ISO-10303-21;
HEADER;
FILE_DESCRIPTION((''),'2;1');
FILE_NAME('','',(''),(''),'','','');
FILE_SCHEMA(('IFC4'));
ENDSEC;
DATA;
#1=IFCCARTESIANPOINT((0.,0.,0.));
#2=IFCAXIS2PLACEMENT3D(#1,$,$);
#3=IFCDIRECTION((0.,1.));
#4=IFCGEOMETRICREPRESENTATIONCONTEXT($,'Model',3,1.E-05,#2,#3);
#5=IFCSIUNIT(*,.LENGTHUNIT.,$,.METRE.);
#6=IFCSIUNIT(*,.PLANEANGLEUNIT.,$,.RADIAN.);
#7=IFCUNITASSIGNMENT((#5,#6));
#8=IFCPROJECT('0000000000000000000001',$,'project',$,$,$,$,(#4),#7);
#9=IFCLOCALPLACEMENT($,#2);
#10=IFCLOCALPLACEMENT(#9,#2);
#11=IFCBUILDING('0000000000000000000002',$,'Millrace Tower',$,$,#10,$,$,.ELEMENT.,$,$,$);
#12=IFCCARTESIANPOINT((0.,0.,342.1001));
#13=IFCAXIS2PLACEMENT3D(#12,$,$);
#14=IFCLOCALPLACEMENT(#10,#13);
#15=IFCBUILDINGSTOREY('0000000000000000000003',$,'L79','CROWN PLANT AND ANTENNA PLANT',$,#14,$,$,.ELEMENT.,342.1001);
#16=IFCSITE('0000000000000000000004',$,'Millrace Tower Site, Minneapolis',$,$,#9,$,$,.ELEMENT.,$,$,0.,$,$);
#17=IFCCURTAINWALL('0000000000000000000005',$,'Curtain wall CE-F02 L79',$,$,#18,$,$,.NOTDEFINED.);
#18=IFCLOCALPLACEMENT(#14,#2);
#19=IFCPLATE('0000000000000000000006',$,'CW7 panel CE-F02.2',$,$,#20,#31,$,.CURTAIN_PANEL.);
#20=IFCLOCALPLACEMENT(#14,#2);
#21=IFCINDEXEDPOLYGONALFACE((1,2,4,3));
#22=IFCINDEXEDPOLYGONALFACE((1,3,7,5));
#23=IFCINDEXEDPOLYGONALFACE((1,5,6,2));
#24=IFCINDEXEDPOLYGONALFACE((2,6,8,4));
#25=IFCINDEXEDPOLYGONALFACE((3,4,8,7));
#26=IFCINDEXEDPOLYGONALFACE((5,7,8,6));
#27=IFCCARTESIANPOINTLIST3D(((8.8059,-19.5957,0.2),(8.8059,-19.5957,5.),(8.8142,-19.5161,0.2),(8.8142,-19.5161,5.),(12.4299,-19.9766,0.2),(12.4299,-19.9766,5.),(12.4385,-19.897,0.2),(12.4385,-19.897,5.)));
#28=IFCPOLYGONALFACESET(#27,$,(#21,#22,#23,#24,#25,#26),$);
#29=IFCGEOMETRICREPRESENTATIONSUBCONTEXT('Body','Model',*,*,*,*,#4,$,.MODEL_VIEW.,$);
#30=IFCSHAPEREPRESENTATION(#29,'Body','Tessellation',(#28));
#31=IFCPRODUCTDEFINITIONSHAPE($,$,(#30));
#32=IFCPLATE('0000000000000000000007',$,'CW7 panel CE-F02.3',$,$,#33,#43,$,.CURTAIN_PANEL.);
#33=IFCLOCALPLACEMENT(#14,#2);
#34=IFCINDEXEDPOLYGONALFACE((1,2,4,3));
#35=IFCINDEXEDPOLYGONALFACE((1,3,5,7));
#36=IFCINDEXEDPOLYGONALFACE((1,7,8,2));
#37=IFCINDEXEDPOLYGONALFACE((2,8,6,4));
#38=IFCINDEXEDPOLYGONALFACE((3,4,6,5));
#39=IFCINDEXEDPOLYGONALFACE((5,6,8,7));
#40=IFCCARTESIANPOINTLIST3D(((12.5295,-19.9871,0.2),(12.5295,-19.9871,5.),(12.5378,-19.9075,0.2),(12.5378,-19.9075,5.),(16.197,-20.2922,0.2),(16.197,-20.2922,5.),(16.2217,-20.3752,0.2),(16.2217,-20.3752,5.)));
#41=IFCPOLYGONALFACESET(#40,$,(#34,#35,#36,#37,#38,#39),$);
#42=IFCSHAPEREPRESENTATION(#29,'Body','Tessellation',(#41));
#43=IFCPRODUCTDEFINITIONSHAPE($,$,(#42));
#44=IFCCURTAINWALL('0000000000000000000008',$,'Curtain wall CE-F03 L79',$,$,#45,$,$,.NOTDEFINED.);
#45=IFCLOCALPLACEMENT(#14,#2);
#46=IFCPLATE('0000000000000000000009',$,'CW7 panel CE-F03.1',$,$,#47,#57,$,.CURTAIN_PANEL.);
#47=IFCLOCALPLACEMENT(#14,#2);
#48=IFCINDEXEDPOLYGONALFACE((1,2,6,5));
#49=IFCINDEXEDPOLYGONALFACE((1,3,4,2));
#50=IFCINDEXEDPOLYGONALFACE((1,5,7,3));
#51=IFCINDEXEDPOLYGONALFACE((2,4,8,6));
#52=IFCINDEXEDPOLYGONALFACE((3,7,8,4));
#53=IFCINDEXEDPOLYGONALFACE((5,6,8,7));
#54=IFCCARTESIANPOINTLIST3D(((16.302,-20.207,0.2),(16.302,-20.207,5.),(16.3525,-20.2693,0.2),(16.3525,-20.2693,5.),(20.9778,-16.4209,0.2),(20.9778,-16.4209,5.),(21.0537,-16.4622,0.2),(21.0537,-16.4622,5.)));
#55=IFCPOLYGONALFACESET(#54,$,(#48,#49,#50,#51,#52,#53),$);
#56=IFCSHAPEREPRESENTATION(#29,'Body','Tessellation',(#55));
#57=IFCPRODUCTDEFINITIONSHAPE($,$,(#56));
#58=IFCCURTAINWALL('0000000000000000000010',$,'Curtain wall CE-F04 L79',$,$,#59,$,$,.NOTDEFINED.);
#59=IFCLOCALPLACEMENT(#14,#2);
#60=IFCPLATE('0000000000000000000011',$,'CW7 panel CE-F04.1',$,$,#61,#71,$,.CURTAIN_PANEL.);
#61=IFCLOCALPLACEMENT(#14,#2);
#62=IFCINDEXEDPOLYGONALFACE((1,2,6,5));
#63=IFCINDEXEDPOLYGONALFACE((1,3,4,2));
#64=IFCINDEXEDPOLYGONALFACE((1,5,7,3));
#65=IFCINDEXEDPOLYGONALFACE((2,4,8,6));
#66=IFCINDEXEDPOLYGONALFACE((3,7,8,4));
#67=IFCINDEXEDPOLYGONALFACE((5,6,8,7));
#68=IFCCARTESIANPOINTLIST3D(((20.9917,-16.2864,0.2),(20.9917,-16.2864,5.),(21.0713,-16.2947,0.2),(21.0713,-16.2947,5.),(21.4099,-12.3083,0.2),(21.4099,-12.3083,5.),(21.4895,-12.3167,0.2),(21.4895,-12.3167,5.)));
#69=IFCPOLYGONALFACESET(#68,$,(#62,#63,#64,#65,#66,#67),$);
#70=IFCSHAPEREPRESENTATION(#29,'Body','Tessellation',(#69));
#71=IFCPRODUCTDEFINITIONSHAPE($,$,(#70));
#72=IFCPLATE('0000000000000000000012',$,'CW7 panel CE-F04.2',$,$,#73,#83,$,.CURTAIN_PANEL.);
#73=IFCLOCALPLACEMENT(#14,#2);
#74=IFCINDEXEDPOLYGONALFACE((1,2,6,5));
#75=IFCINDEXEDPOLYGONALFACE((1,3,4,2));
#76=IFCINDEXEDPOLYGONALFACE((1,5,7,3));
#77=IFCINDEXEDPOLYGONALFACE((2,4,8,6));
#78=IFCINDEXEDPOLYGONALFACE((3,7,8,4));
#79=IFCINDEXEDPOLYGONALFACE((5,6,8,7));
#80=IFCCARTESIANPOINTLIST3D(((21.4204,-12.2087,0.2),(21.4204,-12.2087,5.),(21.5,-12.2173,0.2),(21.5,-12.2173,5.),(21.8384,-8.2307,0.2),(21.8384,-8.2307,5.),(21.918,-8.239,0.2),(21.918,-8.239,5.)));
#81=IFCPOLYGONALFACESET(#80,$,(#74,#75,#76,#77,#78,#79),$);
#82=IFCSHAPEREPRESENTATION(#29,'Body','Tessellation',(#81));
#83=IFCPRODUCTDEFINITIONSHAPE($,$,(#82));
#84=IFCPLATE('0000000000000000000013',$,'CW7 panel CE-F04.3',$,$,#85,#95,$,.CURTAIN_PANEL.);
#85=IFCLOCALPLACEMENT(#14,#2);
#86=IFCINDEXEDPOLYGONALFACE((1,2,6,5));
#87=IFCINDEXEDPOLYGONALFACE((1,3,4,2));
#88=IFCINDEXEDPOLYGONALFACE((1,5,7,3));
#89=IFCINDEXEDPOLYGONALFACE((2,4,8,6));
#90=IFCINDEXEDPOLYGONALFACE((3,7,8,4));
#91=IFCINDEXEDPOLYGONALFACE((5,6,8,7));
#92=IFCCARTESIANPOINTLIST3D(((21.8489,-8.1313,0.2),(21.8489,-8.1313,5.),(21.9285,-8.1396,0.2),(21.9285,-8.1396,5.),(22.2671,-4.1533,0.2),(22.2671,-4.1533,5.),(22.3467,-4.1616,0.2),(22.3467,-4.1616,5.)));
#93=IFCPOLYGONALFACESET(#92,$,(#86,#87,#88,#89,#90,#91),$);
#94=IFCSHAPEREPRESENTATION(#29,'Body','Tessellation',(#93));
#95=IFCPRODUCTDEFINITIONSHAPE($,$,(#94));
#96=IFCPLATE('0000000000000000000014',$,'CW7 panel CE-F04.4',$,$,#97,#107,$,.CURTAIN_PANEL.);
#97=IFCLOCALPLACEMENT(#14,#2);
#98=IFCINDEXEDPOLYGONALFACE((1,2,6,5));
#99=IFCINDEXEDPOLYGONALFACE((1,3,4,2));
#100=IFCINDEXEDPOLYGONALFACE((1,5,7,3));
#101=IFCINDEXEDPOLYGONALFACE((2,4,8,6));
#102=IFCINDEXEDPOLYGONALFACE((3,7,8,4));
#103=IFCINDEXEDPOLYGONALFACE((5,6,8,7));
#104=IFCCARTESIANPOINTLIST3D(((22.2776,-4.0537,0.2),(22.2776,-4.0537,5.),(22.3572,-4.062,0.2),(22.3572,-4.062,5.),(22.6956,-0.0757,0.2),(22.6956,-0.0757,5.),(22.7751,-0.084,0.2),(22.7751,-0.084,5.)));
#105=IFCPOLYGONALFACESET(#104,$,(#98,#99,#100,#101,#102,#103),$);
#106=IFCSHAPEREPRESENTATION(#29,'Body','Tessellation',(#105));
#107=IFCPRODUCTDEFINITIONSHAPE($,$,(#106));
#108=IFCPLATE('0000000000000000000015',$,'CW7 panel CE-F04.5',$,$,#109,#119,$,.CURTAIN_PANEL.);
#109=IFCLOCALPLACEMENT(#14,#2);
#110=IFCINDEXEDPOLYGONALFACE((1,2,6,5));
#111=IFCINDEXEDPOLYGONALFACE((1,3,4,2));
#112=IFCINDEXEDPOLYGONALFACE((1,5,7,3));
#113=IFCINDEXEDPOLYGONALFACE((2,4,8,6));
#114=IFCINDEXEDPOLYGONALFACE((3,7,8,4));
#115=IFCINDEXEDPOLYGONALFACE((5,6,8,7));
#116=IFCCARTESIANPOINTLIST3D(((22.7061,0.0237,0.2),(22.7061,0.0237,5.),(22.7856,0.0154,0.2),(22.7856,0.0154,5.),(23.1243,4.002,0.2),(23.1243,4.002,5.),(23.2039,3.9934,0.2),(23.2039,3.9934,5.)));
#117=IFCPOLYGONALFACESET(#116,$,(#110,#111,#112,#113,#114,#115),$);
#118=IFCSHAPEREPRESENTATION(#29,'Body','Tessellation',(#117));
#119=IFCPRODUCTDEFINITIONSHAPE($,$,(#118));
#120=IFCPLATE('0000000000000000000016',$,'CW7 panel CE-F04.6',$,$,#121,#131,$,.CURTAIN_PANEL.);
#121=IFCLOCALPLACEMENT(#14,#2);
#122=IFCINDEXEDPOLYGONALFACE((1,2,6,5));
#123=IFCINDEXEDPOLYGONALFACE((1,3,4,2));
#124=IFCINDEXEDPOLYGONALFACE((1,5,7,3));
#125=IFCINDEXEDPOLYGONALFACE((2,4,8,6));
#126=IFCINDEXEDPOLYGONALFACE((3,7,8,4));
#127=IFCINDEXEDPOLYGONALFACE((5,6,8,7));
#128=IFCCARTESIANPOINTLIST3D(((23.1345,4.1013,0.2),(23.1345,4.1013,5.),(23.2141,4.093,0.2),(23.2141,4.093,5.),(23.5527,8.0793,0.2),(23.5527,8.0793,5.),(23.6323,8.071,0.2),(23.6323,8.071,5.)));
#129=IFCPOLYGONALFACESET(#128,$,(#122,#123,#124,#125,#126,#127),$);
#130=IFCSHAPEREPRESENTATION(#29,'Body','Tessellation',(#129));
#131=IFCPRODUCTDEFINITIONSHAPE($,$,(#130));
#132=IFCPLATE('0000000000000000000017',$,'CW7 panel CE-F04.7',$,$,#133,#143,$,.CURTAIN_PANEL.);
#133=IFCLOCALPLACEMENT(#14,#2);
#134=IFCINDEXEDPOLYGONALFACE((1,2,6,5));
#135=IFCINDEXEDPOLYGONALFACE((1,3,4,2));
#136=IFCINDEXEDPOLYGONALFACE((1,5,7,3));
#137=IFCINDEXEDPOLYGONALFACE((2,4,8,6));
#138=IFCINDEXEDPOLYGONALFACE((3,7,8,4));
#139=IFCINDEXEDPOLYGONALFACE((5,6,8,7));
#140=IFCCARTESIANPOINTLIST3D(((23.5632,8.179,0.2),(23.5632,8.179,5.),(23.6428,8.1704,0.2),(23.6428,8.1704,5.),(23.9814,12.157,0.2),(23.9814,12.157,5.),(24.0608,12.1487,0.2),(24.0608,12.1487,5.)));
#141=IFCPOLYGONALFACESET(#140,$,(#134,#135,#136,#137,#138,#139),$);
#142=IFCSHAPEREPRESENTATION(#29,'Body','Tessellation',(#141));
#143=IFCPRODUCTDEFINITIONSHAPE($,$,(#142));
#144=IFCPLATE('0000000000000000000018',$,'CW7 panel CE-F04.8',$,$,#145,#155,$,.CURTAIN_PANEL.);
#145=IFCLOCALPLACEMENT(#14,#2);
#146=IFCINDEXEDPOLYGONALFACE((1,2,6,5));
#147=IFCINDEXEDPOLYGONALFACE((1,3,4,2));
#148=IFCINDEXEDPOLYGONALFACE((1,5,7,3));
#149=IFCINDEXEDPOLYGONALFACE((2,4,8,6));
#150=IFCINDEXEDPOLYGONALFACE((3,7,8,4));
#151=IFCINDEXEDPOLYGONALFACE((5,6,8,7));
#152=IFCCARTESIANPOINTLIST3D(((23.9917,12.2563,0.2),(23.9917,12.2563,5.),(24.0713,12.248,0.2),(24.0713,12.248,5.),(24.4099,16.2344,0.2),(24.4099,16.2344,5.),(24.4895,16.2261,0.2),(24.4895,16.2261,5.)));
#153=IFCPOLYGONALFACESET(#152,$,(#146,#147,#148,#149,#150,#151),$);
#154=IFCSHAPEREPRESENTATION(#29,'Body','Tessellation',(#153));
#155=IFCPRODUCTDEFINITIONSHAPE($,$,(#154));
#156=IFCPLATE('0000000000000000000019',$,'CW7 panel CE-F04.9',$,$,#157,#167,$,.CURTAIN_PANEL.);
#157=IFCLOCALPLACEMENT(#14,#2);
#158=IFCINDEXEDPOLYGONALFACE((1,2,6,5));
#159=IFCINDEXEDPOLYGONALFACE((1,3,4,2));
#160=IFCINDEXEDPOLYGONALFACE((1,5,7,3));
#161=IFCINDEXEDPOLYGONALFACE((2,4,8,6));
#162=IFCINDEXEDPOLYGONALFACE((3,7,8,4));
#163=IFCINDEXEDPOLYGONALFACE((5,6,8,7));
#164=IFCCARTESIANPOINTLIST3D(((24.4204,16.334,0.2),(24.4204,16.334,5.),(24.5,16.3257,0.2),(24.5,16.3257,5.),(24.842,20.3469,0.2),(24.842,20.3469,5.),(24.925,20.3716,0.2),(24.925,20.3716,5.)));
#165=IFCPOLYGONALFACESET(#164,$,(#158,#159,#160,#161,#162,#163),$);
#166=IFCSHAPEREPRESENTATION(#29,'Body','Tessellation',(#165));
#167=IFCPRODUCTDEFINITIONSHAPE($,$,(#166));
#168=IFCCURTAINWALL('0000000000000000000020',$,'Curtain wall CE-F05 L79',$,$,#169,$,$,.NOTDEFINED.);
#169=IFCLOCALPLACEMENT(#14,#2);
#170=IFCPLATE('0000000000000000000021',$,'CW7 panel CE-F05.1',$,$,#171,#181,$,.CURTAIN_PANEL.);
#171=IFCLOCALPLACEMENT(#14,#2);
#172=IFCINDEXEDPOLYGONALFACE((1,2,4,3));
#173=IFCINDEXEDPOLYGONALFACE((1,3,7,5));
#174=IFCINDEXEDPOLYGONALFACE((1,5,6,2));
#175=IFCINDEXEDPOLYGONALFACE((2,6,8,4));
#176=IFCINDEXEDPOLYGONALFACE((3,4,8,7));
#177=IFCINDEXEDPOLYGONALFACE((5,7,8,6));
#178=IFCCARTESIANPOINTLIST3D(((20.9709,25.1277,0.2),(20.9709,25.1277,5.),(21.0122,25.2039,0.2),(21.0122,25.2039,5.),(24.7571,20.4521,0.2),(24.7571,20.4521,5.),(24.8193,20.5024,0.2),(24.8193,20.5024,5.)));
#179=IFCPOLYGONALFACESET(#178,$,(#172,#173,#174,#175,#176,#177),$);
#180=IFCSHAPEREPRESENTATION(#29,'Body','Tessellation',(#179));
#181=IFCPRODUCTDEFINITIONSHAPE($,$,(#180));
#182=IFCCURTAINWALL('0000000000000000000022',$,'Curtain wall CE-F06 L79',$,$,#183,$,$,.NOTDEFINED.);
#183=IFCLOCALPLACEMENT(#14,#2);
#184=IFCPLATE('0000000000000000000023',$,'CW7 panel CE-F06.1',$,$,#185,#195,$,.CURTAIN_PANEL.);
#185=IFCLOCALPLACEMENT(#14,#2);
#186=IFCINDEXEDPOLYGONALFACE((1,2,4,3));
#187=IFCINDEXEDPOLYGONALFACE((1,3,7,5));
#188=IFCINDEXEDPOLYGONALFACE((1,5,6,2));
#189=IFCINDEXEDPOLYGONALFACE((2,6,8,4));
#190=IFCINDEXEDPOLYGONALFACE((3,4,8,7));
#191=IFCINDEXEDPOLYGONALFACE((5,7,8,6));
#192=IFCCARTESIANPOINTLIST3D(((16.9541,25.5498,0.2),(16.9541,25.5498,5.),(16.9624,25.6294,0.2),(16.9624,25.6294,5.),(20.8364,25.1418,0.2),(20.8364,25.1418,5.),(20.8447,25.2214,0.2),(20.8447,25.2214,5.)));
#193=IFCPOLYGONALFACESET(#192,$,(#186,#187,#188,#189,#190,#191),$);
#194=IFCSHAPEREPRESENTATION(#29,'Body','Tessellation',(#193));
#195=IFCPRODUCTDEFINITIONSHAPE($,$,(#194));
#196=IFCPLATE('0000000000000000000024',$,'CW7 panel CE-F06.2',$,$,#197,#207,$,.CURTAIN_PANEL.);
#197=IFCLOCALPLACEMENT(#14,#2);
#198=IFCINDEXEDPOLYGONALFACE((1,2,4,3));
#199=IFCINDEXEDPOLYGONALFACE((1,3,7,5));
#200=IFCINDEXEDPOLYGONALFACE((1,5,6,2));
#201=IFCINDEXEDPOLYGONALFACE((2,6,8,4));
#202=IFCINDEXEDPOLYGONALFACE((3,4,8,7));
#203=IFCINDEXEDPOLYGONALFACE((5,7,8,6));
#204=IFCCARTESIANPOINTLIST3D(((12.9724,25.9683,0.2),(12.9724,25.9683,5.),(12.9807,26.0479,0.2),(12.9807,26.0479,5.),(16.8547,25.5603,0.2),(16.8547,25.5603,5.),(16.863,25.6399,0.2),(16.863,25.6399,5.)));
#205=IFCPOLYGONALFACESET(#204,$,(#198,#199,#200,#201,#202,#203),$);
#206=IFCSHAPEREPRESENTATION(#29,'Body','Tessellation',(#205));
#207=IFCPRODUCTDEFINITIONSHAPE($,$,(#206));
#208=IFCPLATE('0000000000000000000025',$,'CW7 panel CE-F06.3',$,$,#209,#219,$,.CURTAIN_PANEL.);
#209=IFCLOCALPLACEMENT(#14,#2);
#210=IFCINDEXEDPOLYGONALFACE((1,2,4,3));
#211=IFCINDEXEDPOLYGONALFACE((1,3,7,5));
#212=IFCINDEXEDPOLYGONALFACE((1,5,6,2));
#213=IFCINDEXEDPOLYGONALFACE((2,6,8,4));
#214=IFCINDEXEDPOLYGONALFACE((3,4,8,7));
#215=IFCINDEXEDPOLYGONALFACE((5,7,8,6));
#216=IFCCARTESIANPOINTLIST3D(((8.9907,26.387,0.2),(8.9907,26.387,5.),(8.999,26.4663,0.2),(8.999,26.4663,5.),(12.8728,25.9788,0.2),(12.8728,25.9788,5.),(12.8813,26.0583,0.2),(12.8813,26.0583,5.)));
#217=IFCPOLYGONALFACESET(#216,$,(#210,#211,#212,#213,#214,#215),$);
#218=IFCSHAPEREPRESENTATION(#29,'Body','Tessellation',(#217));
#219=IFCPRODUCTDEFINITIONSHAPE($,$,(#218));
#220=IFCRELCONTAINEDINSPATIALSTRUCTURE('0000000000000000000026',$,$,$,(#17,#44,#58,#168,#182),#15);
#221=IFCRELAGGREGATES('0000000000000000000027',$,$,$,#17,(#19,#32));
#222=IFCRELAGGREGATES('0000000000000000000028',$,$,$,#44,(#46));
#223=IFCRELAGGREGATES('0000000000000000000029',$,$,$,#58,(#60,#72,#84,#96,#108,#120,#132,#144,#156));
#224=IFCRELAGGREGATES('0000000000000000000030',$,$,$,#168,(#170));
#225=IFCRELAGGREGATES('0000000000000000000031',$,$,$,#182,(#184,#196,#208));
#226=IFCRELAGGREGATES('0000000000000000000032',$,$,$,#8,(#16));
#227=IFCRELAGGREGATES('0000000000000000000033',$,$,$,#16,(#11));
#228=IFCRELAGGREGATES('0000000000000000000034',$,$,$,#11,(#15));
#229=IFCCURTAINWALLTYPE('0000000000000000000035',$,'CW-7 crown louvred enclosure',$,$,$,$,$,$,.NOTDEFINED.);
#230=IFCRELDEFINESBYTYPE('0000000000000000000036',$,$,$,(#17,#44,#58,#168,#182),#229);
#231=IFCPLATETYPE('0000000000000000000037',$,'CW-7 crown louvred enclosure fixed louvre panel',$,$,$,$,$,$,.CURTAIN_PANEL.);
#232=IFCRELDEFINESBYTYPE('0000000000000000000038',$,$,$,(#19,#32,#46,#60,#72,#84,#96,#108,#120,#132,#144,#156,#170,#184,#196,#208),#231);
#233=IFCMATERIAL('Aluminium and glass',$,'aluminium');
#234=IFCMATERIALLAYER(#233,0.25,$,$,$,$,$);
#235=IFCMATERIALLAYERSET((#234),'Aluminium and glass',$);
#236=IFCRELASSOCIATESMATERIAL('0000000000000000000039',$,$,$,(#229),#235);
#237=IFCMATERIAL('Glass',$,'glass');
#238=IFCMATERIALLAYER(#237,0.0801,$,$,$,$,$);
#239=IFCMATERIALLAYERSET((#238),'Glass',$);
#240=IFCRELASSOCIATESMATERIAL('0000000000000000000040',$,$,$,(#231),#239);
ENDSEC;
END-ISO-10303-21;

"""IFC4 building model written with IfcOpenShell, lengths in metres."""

from ifc_helpers import new_model, si_unit, direction, frame, origin, place, context, subcontext, project, spatial, polyline, outline, extrude, material, layer, layer_set, type_object, element, aggregate, save


model = new_model("IFC4")

# Units and contexts
model_context = context("Model", 3, precision=1e-05, world=origin(), true_north=direction((0.0, 1.0)))
body_context = subcontext(model_context, "Body", "Model", "MODEL_VIEW")
ifc_project = project(units=[si_unit("LENGTHUNIT", "METRE"), si_unit("PLANEANGLEUNIT", "RADIAN")], contexts=[model_context])

# Site, building, storey
site_placement = place(None, origin())
site = spatial("IfcSite", under=ifc_project, at=site_placement, Name="Millrace Tower Site, Minneapolis", CompositionType="ELEMENT", RefElevation=0.0)
building_placement = place(site_placement, origin())
building = spatial("IfcBuilding", under=site, at=building_placement, Name="Millrace Tower", CompositionType="ELEMENT")
storey_placement = place(building_placement, frame((0.0, 0.0, 342.1001)))
storey = spatial("IfcBuildingStorey", under=building, at=storey_placement, Name="L79", Description="CROWN PLANT AND ANTENNA PLANT", CompositionType="ELEMENT", Elevation=342.1001)

# Curtain wall, plates
ifc_material_1 = material(Name="Aluminium and glass", Category="aluminium")
ifc_layer_1 = layer(ifc_material_1, 0.25)
ifc_layer_set_1 = layer_set([ifc_layer_1], Name="Aluminium and glass")
curtain_wall_type = type_object("IfcCurtainWallType", Name="CW-7 crown louvred enclosure", PredefinedType="NOTDEFINED", material=ifc_layer_set_1)
placement_1 = place(storey_placement, origin())
curtain_wall_1 = element("IfcCurtainWall", 1, at=placement_1, inside=storey, type_object=curtain_wall_type, Name="Curtain wall CE-F02 L79", PredefinedType="NOTDEFINED")
ifc_material_2 = material(Name="Glass", Category="glass")
ifc_layer_2 = layer(ifc_material_2, 0.0801)
ifc_layer_set_2 = layer_set([ifc_layer_2], Name="Glass")
plate_type = type_object("IfcPlateType", Name="CW-7 crown louvred enclosure fixed louvre panel", PredefinedType="CURTAIN_PANEL", material=ifc_layer_set_2)
placement_2 = place(storey_placement, frame((0.0, 0.0, 0.2)))
plate_1 = element("IfcPlate", 2, at=placement_2, type_object=plate_type, Name="CW7 panel CE-F02.2", PredefinedType="CURTAIN_PANEL", context=body_context, shape_type="SweptSolid", body=[
    extrude(outline(polyline([(8.8059, -19.5957), (12.4299, -19.9766), (12.4385, -19.897), (8.8142, -19.5161), (8.8059, -19.5957)])), origin(), (0.0, 0.0, 1.0), 4.8),
])
plate_2 = element("IfcPlate", 3, at=placement_2, type_object=plate_type, Name="CW7 panel CE-F02.3", PredefinedType="CURTAIN_PANEL", context=body_context, shape_type="SweptSolid", body=[
    extrude(outline(polyline([(12.5295, -19.9871), (16.2217, -20.3752), (16.197, -20.2922), (12.5378, -19.9075), (12.5295, -19.9871)])), origin(), (0.0, 0.0, 1.0), 4.8),
])
aggregate(curtain_wall_1, [plate_1, plate_2])

# Curtain wall, plate
curtain_wall_2 = element("IfcCurtainWall", 4, at=placement_1, inside=storey, type_object=curtain_wall_type, Name="Curtain wall CE-F03 L79", PredefinedType="NOTDEFINED")
plate_3 = element("IfcPlate", 5, at=placement_2, type_object=plate_type, Name="CW7 panel CE-F03.1", PredefinedType="CURTAIN_PANEL", context=body_context, shape_type="SweptSolid", body=[
    extrude(outline(polyline([(16.3525, -20.2693), (21.0537, -16.4622), (20.9778, -16.4209), (16.302, -20.207), (16.3525, -20.2693)])), origin(), (0.0, 0.0, 1.0), 4.8),
])
aggregate(curtain_wall_2, [plate_3])

# Curtain wall, plates
curtain_wall_3 = element("IfcCurtainWall", 6, at=placement_1, inside=storey, type_object=curtain_wall_type, Name="Curtain wall CE-F04 L79", PredefinedType="NOTDEFINED")
plate_4 = element("IfcPlate", 7, at=placement_2, type_object=plate_type, Name="CW7 panel CE-F04.1", PredefinedType="CURTAIN_PANEL", context=body_context, shape_type="SweptSolid", body=[
    extrude(outline(polyline([(21.0713, -16.2947), (21.4895, -12.3167), (21.4099, -12.3083), (20.9917, -16.2864), (21.0713, -16.2947)])), origin(), (0.0, 0.0, 1.0), 4.8),
])
plate_5 = element("IfcPlate", 8, at=placement_2, type_object=plate_type, Name="CW7 panel CE-F04.2", PredefinedType="CURTAIN_PANEL", context=body_context, shape_type="SweptSolid", body=[
    extrude(outline(polyline([(21.5, -12.2173), (21.918, -8.239), (21.8384, -8.2307), (21.4204, -12.2087), (21.5, -12.2173)])), origin(), (0.0, 0.0, 1.0), 4.8),
])
plate_6 = element("IfcPlate", 9, at=placement_2, type_object=plate_type, Name="CW7 panel CE-F04.3", PredefinedType="CURTAIN_PANEL", context=body_context, shape_type="SweptSolid", body=[
    extrude(outline(polyline([(21.9285, -8.1396), (22.3467, -4.1616), (22.2671, -4.1533), (21.8489, -8.1313), (21.9285, -8.1396)])), origin(), (0.0, 0.0, 1.0), 4.8),
])
plate_7 = element("IfcPlate", 10, at=placement_2, type_object=plate_type, Name="CW7 panel CE-F04.4", PredefinedType="CURTAIN_PANEL", context=body_context, shape_type="SweptSolid", body=[
    extrude(outline(polyline([(22.3572, -4.062), (22.7751, -0.084), (22.6956, -0.0757), (22.2776, -4.0537), (22.3572, -4.062)])), origin(), (0.0, 0.0, 1.0), 4.8),
])
plate_8 = element("IfcPlate", 11, at=placement_2, type_object=plate_type, Name="CW7 panel CE-F04.5", PredefinedType="CURTAIN_PANEL", context=body_context, shape_type="SweptSolid", body=[
    extrude(outline(polyline([(22.7856, 0.0154), (23.2039, 3.9934), (23.1243, 4.002), (22.7061, 0.0237), (22.7856, 0.0154)])), origin(), (0.0, 0.0, 1.0), 4.8),
])
plate_9 = element("IfcPlate", 12, at=placement_2, type_object=plate_type, Name="CW7 panel CE-F04.6", PredefinedType="CURTAIN_PANEL", context=body_context, shape_type="SweptSolid", body=[
    extrude(outline(polyline([(23.2141, 4.093), (23.6323, 8.071), (23.5527, 8.0793), (23.1345, 4.1013), (23.2141, 4.093)])), origin(), (0.0, 0.0, 1.0), 4.8),
])
plate_10 = element("IfcPlate", 13, at=placement_2, type_object=plate_type, Name="CW7 panel CE-F04.7", PredefinedType="CURTAIN_PANEL", context=body_context, shape_type="SweptSolid", body=[
    extrude(outline(polyline([(23.6428, 8.1704), (24.0608, 12.1487), (23.9814, 12.157), (23.5632, 8.179), (23.6428, 8.1704)])), origin(), (0.0, 0.0, 1.0), 4.8),
])
plate_11 = element("IfcPlate", 14, at=placement_2, type_object=plate_type, Name="CW7 panel CE-F04.8", PredefinedType="CURTAIN_PANEL", context=body_context, shape_type="SweptSolid", body=[
    extrude(outline(polyline([(24.0713, 12.248), (24.4895, 16.2261), (24.4099, 16.2344), (23.9917, 12.2563), (24.0713, 12.248)])), origin(), (0.0, 0.0, 1.0), 4.8),
])
plate_12 = element("IfcPlate", 15, at=placement_2, type_object=plate_type, Name="CW7 panel CE-F04.9", PredefinedType="CURTAIN_PANEL", context=body_context, shape_type="SweptSolid", body=[
    extrude(outline(polyline([(24.5, 16.3257), (24.925, 20.3716), (24.842, 20.3469), (24.4204, 16.334), (24.5, 16.3257)])), origin(), (0.0, 0.0, 1.0), 4.8),
])
aggregate(curtain_wall_3, [plate_4, plate_5, plate_6, plate_7, plate_8, plate_9, plate_10, plate_11, plate_12])

# Curtain wall, plate
curtain_wall_4 = element("IfcCurtainWall", 16, at=placement_1, inside=storey, type_object=curtain_wall_type, Name="Curtain wall CE-F05 L79", PredefinedType="NOTDEFINED")
plate_13 = element("IfcPlate", 17, at=placement_2, type_object=plate_type, Name="CW7 panel CE-F05.1", PredefinedType="CURTAIN_PANEL", context=body_context, shape_type="SweptSolid", body=[
    extrude(outline(polyline([(24.8193, 20.5024), (21.0122, 25.2039), (20.9709, 25.1277), (24.7571, 20.4521), (24.8193, 20.5024)])), origin(), (0.0, 0.0, 1.0), 4.8),
])
aggregate(curtain_wall_4, [plate_13])

# Curtain wall, plates
curtain_wall_5 = element("IfcCurtainWall", 18, at=placement_1, inside=storey, type_object=curtain_wall_type, Name="Curtain wall CE-F06 L79", PredefinedType="NOTDEFINED")
plate_14 = element("IfcPlate", 19, at=placement_2, type_object=plate_type, Name="CW7 panel CE-F06.1", PredefinedType="CURTAIN_PANEL", context=body_context, shape_type="SweptSolid", body=[
    extrude(outline(polyline([(20.8447, 25.2214), (16.9624, 25.6294), (16.9541, 25.5498), (20.8364, 25.1418), (20.8447, 25.2214)])), origin(), (0.0, 0.0, 1.0), 4.8),
])
plate_15 = element("IfcPlate", 20, at=placement_2, type_object=plate_type, Name="CW7 panel CE-F06.2", PredefinedType="CURTAIN_PANEL", context=body_context, shape_type="SweptSolid", body=[
    extrude(outline(polyline([(16.863, 25.6399), (12.9807, 26.0479), (12.9724, 25.9683), (16.8547, 25.5603), (16.863, 25.6399)])), origin(), (0.0, 0.0, 1.0), 4.8),
])
plate_16 = element("IfcPlate", 21, at=placement_2, type_object=plate_type, Name="CW7 panel CE-F06.3", PredefinedType="CURTAIN_PANEL", context=body_context, shape_type="SweptSolid", body=[
    extrude(outline(polyline([(12.8813, 26.0583), (8.999, 26.4663), (8.9907, 26.387), (12.8728, 25.9788), (12.8813, 26.0583)])), origin(), (0.0, 0.0, 1.0), 4.8),
])
aggregate(curtain_wall_5, [plate_14, plate_15, plate_16])

save(model, "model.ifc")
